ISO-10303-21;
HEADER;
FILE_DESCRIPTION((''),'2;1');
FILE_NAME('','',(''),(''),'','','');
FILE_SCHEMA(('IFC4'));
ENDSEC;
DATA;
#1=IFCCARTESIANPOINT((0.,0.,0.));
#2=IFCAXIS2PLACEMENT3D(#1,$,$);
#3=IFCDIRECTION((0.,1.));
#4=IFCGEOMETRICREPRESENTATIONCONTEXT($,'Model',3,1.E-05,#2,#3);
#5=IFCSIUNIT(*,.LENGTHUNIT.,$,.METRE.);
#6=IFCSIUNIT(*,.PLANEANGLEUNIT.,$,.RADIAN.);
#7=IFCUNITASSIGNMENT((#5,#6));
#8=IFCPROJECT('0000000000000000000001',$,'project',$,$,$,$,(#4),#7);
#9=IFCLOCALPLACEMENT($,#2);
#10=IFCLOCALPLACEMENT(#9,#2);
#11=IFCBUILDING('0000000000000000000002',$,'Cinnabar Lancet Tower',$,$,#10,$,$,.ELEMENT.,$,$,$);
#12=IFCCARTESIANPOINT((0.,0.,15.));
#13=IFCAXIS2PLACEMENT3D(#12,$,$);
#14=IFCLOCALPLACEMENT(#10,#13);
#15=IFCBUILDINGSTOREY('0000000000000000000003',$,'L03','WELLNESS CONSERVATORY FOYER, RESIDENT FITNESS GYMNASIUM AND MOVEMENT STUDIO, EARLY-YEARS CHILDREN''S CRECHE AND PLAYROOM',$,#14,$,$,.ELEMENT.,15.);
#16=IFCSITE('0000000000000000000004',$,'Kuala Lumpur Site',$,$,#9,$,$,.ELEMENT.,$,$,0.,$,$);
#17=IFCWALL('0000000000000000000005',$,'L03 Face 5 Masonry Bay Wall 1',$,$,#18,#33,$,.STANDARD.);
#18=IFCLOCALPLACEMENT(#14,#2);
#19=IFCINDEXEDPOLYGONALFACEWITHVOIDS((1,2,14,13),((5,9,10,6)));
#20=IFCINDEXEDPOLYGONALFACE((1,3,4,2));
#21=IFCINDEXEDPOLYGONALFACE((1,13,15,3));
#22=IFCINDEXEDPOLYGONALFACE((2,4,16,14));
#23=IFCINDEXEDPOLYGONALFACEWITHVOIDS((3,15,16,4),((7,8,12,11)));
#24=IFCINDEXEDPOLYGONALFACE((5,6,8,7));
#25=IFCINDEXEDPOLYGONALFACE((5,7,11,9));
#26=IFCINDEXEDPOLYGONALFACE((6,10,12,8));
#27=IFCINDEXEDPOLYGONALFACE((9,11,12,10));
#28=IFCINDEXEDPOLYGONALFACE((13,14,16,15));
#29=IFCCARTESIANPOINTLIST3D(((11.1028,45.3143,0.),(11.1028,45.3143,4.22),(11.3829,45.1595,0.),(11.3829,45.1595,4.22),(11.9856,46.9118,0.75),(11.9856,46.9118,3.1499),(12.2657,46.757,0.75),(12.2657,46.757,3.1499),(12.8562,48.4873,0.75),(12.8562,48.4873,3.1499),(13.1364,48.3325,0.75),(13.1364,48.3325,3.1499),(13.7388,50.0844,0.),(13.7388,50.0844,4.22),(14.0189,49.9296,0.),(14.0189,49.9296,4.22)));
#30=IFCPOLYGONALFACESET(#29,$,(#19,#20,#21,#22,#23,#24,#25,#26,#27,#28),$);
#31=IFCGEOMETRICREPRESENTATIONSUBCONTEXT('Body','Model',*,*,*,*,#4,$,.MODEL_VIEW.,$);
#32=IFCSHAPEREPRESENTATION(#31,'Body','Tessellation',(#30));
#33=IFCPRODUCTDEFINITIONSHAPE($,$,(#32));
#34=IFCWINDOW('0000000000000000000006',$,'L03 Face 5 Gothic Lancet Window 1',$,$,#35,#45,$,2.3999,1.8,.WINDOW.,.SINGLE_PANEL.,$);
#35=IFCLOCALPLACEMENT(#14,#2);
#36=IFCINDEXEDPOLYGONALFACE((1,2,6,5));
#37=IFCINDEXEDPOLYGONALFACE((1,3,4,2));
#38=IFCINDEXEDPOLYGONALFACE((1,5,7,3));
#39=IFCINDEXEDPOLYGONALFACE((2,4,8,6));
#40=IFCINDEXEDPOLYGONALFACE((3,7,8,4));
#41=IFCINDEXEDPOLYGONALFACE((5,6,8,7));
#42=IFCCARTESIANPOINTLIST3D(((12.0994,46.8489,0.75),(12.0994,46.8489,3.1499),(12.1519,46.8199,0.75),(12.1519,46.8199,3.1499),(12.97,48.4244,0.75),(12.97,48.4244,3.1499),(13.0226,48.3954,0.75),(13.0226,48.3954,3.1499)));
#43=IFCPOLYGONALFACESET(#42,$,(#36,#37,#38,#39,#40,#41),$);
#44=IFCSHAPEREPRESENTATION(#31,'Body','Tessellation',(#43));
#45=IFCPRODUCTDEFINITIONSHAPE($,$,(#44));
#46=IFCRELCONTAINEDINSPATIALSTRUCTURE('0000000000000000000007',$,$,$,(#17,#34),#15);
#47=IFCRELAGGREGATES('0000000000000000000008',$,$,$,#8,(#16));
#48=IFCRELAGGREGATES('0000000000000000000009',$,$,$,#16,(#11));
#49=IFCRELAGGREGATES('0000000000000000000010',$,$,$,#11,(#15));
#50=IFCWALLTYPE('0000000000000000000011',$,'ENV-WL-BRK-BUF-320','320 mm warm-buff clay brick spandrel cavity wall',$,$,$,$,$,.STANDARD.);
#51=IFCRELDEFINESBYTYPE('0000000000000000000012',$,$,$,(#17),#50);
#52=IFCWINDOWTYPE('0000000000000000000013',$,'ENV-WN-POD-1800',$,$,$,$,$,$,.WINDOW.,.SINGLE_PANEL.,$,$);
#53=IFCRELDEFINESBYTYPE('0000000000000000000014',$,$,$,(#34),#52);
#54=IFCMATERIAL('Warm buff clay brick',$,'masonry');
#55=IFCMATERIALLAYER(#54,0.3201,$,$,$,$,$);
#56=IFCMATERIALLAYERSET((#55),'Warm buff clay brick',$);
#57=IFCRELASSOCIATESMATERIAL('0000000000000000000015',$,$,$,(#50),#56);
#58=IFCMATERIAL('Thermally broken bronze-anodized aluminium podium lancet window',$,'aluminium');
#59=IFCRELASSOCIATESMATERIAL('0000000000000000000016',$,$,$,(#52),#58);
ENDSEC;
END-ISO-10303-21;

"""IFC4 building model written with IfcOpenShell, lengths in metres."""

from ifc_helpers import new_model, si_unit, direction, frame, frame_2d, origin, place, context, subcontext, project, spatial, rectangle, extrude, material, layer, layer_set, type_object, element, fill, save


model = new_model("IFC4")

# Units and contexts
model_context = context("Model", 3, precision=1e-05, world=origin(), true_north=direction((0.0, 1.0)))
body_context = subcontext(model_context, "Body", "Model", "MODEL_VIEW")
ifc_project = project(units=[si_unit("LENGTHUNIT", "METRE"), si_unit("PLANEANGLEUNIT", "RADIAN")], contexts=[model_context])

# Site, building, storey
site_placement = place(None, origin())
site = spatial("IfcSite", under=ifc_project, at=site_placement, Name="Kuala Lumpur Site", CompositionType="ELEMENT", RefElevation=0.0)
building_placement = place(site_placement, origin())
building = spatial("IfcBuilding", under=site, at=building_placement, Name="Cinnabar Lancet Tower", CompositionType="ELEMENT")
storey_placement = place(building_placement, frame((0.0, 0.0, 15.0)))
storey = spatial("IfcBuildingStorey", under=building, at=storey_placement, Name="L03", Description="WELLNESS CONSERVATORY FOYER, RESIDENT FITNESS GYMNASIUM AND MOVEMENT STUDIO, EARLY-YEARS CHILDREN'S CRECHE AND PLAYROOM", CompositionType="ELEMENT", Elevation=15.0)

# Shared definitions
ifc_material_1 = material(Name="Warm buff clay brick", Category="masonry")
ifc_layer_1 = layer(ifc_material_1, 0.3201)
ifc_layer_set_1 = layer_set([ifc_layer_1], Name="Warm buff clay brick")
wall_type = type_object("IfcWallType", Name="ENV-WL-BRK-BUF-320", Description="320 mm warm-buff clay brick spandrel cavity wall", PredefinedType="STANDARD", material=ifc_layer_set_1)

# Wall, opening, window
ifc_material_2 = material(Name="Thermally broken bronze-anodized aluminium podium lancet window", Category="aluminium")
window_type = type_object("IfcWindowType", Name="ENV-WN-POD-1800", PartitioningType="SINGLE_PANEL", PredefinedType="WINDOW", material=ifc_material_2)
wall_1_placement = place(storey_placement, frame((13.8789, 50.0071, 0.0), z_axis=(0.0, 0.0, 1.0), x_axis=(-0.483675, -0.875248, 0.0)))
wall_1 = element("IfcWall", 1, at=wall_1_placement, inside=storey, type_object=wall_type, Name="L03 Face 5 Masonry Bay Wall 1", PredefinedType="STANDARD", context=body_context, shape_type="SweptSolid", body=[
    extrude(rectangle(XDim=5.45, YDim=0.3201, at=frame_2d((2.7251, 0.0))), origin(), (0.0, 0.0, 1.0), 4.22),
])
opening_1_placement = place(wall_1_placement, frame((1.825, 0.0, 0.75)))
opening_1 = element("IfcOpeningElement", 2, at=opening_1_placement, cuts=wall_1, PredefinedType="OPENING", context=body_context, shape_type="SweptSolid", body=[
    extrude(rectangle(XDim=1.8, YDim=2.3999, at=frame_2d((0.8999, 1.2))), frame((0.0, 0.1699, 0.0), z_axis=(0.0, -1.0, 0.0), x_axis=(1.0, 0.0, 0.0)), (0.0, 0.0, 1.0), 0.3401),
])
window_1_placement = place(opening_1_placement, origin())
window_1 = element("IfcWindow", 3, at=window_1_placement, inside=storey, type_object=window_type, Name="L03 Face 5 Gothic Lancet Window 1", OverallHeight=2.3999, OverallWidth=1.8, PartitioningType="SINGLE_PANEL", PredefinedType="WINDOW", context=body_context, shape_type="SweptSolid", body=[
    extrude(rectangle(XDim=1.8, YDim=2.3999, at=frame_2d((0.8999, 1.2))), frame((0.0, 0.03, 0.0), z_axis=(0.0, -1.0, 0.0), x_axis=(1.0, 0.0, 0.0)), (0.0, 0.0, 1.0), 0.0601),
])
fill(opening_1, window_1)

save(model, "model.ifc")
